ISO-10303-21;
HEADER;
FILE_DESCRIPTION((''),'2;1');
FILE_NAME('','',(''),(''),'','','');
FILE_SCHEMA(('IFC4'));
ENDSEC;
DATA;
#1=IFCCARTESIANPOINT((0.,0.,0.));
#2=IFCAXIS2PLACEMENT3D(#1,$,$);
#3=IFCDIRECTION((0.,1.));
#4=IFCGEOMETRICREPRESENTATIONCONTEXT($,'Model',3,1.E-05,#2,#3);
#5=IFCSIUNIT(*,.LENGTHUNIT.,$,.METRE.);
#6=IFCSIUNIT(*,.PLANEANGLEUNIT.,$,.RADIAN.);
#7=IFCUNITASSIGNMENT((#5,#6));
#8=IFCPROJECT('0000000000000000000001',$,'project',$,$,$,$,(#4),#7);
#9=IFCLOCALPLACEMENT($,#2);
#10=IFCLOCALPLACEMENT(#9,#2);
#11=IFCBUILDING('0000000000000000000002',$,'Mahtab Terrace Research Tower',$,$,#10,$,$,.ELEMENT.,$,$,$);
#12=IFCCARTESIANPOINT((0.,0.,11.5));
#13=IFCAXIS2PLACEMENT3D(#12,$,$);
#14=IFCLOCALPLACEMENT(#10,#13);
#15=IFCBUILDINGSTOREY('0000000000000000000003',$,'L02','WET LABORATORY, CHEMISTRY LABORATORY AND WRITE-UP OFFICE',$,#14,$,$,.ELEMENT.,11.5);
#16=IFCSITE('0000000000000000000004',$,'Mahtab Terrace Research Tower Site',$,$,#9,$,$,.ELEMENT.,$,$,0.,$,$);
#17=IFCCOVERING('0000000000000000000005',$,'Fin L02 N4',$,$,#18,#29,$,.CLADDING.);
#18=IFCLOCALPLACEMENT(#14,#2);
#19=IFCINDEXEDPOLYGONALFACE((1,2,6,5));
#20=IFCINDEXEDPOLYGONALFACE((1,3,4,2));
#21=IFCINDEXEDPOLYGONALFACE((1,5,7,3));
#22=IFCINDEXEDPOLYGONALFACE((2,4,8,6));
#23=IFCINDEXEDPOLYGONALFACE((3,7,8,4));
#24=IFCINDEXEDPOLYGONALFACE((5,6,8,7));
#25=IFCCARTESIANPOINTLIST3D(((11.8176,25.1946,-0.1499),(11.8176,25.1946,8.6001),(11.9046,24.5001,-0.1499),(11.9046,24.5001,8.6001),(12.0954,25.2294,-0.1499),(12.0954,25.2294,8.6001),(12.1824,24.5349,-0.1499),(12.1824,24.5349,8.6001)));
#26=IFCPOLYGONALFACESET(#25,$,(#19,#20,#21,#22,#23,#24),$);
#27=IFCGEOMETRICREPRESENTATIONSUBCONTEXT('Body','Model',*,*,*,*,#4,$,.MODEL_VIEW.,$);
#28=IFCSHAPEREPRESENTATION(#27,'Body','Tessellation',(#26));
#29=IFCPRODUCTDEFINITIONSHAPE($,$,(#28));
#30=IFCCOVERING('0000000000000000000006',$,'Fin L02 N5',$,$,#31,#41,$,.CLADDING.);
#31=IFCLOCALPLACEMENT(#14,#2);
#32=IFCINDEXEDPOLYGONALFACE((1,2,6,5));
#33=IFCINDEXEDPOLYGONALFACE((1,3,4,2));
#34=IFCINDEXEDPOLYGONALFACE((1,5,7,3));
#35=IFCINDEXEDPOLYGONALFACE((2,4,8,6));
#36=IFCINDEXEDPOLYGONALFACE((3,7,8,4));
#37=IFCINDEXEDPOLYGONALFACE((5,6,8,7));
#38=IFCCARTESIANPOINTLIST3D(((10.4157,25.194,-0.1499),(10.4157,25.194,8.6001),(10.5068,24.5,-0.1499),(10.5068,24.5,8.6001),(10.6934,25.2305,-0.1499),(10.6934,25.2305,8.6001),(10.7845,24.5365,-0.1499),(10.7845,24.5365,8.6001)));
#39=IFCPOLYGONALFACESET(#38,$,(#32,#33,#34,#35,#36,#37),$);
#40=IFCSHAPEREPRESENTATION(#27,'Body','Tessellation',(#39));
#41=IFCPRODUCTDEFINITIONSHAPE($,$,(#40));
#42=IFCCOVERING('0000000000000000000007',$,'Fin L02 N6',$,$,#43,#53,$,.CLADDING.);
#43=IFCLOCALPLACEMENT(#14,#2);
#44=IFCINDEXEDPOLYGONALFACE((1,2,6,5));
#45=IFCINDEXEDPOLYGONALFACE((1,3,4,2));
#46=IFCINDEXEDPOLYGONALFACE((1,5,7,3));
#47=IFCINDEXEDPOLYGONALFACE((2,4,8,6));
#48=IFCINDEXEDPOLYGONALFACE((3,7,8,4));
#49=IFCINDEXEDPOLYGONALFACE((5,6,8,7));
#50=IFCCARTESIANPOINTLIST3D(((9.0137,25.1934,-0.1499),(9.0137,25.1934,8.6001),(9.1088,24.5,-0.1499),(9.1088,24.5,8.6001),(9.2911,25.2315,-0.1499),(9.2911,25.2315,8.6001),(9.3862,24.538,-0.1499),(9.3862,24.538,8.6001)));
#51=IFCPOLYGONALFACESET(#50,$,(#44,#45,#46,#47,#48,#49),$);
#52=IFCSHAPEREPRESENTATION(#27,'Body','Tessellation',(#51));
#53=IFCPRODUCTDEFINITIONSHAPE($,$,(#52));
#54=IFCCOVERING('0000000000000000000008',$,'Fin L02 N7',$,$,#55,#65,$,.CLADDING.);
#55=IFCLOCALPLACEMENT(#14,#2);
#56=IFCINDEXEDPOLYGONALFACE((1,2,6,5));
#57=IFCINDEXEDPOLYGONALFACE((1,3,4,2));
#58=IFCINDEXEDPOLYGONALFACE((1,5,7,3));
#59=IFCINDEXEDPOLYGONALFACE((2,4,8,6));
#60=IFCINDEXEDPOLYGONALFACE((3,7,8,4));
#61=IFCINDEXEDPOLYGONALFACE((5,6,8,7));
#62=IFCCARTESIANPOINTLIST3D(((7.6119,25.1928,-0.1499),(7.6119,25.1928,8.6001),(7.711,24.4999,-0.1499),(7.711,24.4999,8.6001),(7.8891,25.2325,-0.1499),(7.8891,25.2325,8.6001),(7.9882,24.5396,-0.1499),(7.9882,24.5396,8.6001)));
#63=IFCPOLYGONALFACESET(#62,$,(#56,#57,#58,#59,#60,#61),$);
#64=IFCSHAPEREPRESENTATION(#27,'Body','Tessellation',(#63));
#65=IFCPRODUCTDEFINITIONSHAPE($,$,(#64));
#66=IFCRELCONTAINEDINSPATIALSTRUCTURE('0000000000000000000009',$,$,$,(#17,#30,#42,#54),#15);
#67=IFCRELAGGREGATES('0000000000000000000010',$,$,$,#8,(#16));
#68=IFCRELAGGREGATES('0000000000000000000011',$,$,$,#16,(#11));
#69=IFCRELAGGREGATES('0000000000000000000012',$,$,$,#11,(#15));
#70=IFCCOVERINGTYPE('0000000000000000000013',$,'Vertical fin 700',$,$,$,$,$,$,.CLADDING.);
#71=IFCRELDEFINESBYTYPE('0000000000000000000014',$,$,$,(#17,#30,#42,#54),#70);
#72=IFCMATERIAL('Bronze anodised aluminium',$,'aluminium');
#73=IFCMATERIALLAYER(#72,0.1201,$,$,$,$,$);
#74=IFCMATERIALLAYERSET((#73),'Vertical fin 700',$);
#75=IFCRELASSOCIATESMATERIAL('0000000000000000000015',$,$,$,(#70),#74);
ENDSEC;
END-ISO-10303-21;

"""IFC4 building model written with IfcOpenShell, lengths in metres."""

from ifc_helpers import new_model, si_unit, direction, frame, origin, origin_2d, place, context, subcontext, project, spatial, rectangle, extrude, material, layer, layer_set, type_object, element, save


model = new_model("IFC4")

# Units and contexts
model_context = context("Model", 3, precision=1e-05, world=origin(), true_north=direction((0.0, 1.0)))
body_context = subcontext(model_context, "Body", "Model", "MODEL_VIEW")
ifc_project = project(units=[si_unit("LENGTHUNIT", "METRE"), si_unit("PLANEANGLEUNIT", "RADIAN")], contexts=[model_context])

# Site, building, storey
site_placement = place(None, origin())
site = spatial("IfcSite", under=ifc_project, at=site_placement, Name="Mahtab Terrace Research Tower Site", CompositionType="ELEMENT", RefElevation=0.0)
building_placement = place(site_placement, origin())
building = spatial("IfcBuilding", under=site, at=building_placement, Name="Mahtab Terrace Research Tower", CompositionType="ELEMENT")
storey_placement = place(building_placement, frame((0.0, 0.0, 11.5)))
storey = spatial("IfcBuildingStorey", under=building, at=storey_placement, Name="L02", Description="WET LABORATORY, CHEMISTRY LABORATORY AND WRITE-UP OFFICE", CompositionType="ELEMENT", Elevation=11.5)

# Coverings
ifc_material_1 = material(Name="Bronze anodised aluminium", Category="aluminium")
ifc_layer_1 = layer(ifc_material_1, 0.1201)
ifc_layer_set_1 = layer_set([ifc_layer_1], Name="Vertical fin 700")
covering_type = type_object("IfcCoveringType", Name="Vertical fin 700", PredefinedType="CLADDING", material=ifc_layer_set_1)
for number, where, z_axis, x_axis, name in (
    (1, (12.0, 24.8647, -0.1499), (0.0, 0.0, 1.0), (-0.992239, -0.124344, 0.0), "Fin L02 N4"),
    (2, (10.6001, 24.8652, -0.1499), (0.0, 0.0, 1.0), (-0.991499, -0.130114, 0.0), "Fin L02 N5"),
    (3, (9.2, 24.8657, -0.1499), (0.0, 0.0, 1.0), (-0.990725, -0.13588, 0.0), "Fin L02 N6"),
    (4, (7.8, 24.8662, -0.1499), (0.0, 0.0, 1.0), (-0.989918, -0.141642, 0.0), "Fin L02 N7"),
):
    element("IfcCovering", number, at=place(storey_placement, frame(where, z_axis=z_axis, x_axis=x_axis)), inside=storey, type_object=covering_type, Name=name, PredefinedType="CLADDING", context=body_context, shape_type="SweptSolid", body=[
        extrude(rectangle(XDim=0.28, YDim=0.7, at=origin_2d()), origin(), (0.0, 0.0, 1.0), 8.75),
    ])

save(model, "model.ifc")
